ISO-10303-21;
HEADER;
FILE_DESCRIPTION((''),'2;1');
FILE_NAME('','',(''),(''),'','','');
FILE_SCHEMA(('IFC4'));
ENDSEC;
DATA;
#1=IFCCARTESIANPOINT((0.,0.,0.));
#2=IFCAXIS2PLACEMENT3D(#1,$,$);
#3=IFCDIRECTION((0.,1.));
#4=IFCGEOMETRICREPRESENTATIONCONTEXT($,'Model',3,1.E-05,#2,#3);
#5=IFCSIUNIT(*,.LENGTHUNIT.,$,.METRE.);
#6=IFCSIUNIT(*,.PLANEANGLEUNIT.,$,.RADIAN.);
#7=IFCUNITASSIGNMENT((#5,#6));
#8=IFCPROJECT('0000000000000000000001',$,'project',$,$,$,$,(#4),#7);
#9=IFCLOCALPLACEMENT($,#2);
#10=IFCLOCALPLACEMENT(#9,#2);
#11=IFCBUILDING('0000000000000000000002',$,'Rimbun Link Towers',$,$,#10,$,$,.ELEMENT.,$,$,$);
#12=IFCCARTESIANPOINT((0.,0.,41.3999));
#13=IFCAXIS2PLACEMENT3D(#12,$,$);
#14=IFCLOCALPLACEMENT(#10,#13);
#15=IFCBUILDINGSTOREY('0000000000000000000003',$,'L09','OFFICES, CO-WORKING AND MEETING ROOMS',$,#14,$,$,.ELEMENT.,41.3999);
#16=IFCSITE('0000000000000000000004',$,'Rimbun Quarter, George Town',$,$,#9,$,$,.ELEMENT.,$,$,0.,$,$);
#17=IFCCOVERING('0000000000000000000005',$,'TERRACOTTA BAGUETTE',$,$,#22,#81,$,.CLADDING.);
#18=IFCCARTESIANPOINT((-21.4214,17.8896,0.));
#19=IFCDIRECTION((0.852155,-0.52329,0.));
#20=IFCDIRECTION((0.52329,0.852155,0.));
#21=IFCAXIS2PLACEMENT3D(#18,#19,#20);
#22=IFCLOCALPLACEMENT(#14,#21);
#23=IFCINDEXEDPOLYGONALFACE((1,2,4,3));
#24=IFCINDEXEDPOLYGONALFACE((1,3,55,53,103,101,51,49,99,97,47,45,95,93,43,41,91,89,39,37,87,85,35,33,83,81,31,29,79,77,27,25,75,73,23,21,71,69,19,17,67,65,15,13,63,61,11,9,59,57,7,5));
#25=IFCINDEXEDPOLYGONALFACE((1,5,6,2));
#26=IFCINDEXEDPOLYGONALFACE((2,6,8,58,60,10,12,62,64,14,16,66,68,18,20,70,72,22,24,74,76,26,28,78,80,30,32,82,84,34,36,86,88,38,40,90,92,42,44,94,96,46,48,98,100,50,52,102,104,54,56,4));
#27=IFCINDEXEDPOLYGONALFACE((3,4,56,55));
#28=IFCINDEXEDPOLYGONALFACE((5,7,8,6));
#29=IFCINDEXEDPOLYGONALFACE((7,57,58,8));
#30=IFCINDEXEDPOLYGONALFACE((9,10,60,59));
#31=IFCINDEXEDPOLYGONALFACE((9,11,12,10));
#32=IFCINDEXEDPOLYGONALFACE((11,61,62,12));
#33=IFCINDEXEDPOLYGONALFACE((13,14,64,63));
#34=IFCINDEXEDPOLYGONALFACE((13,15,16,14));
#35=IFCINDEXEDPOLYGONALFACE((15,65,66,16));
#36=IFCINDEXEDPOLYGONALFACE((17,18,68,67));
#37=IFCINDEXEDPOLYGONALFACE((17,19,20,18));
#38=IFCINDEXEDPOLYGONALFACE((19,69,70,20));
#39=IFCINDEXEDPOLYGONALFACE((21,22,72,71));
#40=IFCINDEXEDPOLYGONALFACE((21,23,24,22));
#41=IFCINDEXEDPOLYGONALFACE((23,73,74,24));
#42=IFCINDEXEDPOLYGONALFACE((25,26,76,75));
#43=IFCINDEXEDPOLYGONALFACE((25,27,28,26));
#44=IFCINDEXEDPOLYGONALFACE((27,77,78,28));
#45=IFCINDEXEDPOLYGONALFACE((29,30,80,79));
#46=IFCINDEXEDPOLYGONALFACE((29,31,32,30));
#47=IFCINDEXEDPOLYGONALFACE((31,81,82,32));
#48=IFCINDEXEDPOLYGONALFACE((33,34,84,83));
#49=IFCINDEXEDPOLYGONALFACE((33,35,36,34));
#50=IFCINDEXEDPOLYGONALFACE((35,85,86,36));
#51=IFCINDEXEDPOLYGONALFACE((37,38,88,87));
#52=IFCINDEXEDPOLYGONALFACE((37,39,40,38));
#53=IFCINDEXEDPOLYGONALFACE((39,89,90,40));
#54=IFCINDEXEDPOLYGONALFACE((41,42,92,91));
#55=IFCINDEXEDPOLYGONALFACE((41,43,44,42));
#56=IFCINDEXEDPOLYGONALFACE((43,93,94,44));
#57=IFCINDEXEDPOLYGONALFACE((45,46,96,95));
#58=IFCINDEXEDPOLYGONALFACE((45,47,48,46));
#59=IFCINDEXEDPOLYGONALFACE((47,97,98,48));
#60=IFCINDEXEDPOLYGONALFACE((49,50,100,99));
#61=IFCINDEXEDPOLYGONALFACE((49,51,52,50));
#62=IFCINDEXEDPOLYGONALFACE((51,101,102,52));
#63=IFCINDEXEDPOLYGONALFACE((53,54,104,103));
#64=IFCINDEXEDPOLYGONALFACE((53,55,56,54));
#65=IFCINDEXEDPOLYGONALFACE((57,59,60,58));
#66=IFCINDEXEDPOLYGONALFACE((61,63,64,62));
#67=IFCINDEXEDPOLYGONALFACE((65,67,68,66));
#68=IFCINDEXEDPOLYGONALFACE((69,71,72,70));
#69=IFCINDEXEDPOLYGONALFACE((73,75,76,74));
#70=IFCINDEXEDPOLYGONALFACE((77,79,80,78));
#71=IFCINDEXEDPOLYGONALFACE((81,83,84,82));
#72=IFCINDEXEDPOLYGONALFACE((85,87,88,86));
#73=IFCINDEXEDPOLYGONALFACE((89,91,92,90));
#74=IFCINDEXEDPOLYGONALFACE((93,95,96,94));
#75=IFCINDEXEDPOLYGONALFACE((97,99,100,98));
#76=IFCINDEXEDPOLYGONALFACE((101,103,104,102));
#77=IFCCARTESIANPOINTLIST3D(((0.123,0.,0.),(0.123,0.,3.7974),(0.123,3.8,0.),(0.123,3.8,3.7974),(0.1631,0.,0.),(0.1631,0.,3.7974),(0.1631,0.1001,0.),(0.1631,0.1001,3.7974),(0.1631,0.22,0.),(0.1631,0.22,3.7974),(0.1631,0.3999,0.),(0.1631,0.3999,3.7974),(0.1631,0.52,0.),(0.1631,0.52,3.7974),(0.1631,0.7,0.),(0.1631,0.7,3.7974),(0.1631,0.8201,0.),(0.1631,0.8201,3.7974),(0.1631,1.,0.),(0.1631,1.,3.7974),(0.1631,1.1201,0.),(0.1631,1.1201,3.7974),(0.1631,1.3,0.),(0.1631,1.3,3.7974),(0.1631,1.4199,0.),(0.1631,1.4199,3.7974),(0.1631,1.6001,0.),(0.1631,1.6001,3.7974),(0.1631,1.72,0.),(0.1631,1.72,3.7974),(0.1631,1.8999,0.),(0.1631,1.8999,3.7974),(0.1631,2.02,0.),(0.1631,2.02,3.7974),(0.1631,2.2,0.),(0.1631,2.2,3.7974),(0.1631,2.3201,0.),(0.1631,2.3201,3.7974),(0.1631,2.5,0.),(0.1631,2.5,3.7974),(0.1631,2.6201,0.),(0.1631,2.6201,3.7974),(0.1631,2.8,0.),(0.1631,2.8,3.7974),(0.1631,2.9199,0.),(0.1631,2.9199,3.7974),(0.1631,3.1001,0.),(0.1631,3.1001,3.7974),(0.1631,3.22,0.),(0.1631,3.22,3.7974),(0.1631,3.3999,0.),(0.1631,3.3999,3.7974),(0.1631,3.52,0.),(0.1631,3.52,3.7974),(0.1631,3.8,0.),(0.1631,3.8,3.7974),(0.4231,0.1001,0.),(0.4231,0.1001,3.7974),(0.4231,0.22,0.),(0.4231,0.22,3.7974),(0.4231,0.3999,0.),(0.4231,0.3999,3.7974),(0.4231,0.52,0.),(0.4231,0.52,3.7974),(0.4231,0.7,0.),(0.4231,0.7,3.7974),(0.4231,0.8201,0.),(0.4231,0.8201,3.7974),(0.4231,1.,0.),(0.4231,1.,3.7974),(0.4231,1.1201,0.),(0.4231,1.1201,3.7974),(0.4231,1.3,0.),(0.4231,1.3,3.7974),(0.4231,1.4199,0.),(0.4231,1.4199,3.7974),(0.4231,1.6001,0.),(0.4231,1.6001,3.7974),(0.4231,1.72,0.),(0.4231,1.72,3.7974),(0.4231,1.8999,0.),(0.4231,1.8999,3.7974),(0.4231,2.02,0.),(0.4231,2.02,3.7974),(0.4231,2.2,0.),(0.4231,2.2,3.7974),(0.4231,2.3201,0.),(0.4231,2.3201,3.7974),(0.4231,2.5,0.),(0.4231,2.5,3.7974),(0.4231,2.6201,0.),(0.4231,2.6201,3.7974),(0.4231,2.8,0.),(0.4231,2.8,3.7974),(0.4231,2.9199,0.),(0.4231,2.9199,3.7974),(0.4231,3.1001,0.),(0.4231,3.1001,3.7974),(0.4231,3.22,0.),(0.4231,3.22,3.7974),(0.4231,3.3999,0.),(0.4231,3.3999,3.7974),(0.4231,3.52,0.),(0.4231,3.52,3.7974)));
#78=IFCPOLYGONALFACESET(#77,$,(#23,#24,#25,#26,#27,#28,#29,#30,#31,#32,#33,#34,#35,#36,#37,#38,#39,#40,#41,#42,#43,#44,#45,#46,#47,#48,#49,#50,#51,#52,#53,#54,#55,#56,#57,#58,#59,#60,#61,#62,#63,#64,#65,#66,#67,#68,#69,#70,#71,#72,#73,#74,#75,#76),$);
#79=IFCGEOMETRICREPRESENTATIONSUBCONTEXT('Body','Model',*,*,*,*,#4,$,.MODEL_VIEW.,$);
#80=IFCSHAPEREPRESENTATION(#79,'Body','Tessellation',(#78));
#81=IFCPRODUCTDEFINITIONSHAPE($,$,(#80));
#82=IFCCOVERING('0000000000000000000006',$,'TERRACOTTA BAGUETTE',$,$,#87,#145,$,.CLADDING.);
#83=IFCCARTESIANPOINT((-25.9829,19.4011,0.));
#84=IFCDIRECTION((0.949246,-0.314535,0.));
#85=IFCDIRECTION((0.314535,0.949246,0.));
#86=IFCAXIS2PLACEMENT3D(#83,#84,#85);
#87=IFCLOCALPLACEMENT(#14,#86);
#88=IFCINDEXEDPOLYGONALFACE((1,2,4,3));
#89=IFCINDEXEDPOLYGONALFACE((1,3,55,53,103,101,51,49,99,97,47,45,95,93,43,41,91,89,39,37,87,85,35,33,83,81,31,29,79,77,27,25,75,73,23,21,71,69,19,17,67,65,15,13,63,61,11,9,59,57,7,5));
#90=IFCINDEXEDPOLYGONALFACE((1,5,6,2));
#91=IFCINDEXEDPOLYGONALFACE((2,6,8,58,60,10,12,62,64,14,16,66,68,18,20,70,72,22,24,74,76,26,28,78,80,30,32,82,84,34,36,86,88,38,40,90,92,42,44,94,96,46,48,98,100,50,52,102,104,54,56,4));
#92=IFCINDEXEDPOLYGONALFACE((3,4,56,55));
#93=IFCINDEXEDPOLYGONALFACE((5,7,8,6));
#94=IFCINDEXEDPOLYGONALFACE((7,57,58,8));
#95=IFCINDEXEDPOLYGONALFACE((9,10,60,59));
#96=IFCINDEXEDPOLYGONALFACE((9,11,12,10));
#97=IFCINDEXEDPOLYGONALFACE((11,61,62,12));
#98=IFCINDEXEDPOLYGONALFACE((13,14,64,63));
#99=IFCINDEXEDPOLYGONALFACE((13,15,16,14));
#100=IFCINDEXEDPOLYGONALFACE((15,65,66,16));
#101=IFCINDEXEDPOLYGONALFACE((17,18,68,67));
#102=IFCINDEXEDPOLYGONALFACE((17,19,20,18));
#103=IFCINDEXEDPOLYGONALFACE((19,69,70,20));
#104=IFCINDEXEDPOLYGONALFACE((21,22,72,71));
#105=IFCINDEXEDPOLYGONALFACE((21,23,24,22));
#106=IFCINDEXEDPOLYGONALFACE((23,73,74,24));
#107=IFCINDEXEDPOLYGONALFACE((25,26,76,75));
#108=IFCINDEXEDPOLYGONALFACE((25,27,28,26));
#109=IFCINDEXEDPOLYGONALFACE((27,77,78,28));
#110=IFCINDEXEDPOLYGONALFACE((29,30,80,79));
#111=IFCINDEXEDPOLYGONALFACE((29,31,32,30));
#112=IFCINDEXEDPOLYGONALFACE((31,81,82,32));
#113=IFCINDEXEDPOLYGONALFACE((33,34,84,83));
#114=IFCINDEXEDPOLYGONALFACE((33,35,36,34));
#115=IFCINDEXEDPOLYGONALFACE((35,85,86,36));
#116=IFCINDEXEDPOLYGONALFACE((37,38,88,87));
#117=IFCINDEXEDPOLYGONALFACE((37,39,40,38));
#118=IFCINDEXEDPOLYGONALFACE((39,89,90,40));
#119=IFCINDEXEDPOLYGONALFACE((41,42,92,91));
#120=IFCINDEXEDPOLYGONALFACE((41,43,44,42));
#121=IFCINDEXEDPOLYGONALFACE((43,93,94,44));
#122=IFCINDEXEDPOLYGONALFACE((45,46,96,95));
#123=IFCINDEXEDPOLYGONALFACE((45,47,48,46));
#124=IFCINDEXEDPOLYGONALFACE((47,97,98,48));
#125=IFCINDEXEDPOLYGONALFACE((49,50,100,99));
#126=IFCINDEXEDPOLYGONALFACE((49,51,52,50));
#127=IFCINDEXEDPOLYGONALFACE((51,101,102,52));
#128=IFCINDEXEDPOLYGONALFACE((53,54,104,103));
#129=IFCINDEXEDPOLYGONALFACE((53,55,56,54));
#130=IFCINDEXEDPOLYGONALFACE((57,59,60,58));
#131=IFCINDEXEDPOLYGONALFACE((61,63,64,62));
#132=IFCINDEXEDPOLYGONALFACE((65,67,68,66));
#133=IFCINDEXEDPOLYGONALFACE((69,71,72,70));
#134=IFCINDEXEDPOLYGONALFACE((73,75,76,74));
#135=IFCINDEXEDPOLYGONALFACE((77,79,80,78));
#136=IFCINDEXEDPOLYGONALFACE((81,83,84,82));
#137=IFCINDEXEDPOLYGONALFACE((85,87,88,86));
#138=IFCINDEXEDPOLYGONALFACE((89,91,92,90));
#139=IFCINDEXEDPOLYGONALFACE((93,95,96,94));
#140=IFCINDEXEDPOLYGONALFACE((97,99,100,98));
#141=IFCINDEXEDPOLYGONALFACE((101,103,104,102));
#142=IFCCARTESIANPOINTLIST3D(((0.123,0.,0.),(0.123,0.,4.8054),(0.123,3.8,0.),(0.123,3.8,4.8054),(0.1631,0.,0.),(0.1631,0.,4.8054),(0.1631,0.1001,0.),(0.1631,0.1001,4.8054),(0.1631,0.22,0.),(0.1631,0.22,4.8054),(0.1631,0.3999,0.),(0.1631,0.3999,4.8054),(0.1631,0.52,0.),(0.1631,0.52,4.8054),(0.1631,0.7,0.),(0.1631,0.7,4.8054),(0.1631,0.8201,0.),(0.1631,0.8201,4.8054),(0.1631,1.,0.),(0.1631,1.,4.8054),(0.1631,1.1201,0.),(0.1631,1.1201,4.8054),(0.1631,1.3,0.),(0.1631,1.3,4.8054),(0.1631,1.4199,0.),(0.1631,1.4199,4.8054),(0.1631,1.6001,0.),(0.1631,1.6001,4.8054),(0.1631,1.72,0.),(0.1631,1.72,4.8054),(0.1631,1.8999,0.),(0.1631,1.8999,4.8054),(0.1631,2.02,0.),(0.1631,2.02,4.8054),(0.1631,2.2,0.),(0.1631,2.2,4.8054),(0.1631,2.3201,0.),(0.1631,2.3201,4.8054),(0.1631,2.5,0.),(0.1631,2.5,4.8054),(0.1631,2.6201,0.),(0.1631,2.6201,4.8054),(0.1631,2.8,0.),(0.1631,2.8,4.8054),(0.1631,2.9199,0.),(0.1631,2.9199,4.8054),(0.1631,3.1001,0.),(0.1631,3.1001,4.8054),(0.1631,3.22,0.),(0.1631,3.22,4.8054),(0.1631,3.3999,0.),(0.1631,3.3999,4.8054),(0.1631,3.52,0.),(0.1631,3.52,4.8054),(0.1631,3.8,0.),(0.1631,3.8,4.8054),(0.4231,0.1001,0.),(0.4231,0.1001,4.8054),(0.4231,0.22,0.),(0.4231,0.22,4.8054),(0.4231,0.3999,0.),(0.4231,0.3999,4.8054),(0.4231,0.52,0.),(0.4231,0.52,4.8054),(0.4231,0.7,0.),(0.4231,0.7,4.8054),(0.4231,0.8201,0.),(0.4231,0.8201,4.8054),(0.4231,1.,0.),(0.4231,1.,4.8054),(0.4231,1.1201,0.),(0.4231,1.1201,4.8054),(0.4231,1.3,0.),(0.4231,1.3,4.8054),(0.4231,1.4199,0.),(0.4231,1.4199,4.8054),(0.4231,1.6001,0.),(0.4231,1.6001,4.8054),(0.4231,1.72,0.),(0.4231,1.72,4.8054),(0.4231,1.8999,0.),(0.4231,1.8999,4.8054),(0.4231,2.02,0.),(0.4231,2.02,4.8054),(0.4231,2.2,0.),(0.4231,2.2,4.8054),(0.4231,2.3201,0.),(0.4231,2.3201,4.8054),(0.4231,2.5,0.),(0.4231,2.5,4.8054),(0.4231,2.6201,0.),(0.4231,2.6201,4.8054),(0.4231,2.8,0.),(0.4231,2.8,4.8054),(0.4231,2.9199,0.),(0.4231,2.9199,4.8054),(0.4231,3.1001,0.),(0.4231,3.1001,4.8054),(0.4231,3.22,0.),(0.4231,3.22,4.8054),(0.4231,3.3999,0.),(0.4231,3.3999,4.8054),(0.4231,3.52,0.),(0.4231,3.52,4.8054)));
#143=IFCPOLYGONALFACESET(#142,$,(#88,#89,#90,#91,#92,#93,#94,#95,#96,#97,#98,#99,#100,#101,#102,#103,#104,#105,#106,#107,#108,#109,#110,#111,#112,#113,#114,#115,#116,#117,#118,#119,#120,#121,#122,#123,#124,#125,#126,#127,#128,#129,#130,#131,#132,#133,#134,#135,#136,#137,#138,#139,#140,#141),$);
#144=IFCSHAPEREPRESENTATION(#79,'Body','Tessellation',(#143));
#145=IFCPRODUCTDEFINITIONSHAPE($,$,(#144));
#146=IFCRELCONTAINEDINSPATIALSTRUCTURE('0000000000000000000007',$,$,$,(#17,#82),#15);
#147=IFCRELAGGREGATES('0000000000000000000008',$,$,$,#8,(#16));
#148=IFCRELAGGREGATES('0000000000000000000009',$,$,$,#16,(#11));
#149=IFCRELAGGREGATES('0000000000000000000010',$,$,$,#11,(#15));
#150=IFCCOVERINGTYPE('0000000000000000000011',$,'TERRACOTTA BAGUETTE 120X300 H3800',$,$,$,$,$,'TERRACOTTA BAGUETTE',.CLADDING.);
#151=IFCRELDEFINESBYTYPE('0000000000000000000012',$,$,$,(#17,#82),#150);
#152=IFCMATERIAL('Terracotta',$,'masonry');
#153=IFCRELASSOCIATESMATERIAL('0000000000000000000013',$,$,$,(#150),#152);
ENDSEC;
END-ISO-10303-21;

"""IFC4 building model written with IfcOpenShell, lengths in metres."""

from ifc_helpers import new_model, si_unit, direction, frame, origin, place, context, subcontext, project, spatial, polyline, outline, extrude, material, material_profile, profile_set, type_object, element, save


model = new_model("IFC4")

# Units and contexts
model_context = context("Model", 3, precision=1e-05, world=origin(), true_north=direction((0.0, 1.0)))
body_context = subcontext(model_context, "Body", "Model", "MODEL_VIEW")
ifc_project = project(units=[si_unit("LENGTHUNIT", "METRE"), si_unit("PLANEANGLEUNIT", "RADIAN")], contexts=[model_context])

# Site, building, storey
site_placement = place(None, origin())
site = spatial("IfcSite", under=ifc_project, at=site_placement, Name="Rimbun Quarter, George Town", CompositionType="ELEMENT", RefElevation=0.0)
building_placement = place(site_placement, origin())
building = spatial("IfcBuilding", under=site, at=building_placement, Name="Rimbun Link Towers", CompositionType="ELEMENT")
storey_placement = place(building_placement, frame((0.0, 0.0, 41.3999)))
storey = spatial("IfcBuildingStorey", under=building, at=storey_placement, Name="L09", Description="OFFICES, CO-WORKING AND MEETING ROOMS", CompositionType="ELEMENT", Elevation=41.3999)

# Coverings
ifc_material_1 = material(Name="Terracotta", Category="masonry")
ifc_material_profile_1 = material_profile(ifc_material_1, outline(polyline([(0.123, 0.0), (0.1631, 0.0), (0.1631, 0.1001), (0.4231, 0.1001), (0.4231, 0.22), (0.1631, 0.22), (0.1631, 0.3999), (0.4231, 0.3999), (0.4231, 0.52), (0.1631, 0.52), (0.1631, 0.7), (0.4231, 0.7), (0.4231, 0.8201), (0.1631, 0.8201), (0.1631, 1.0), (0.4231, 1.0), (0.4231, 1.1201), (0.1631, 1.1201), (0.1631, 1.3), (0.4231, 1.3), (0.4231, 1.4199), (0.1631, 1.4199), (0.1631, 1.6001), (0.4231, 1.6001), (0.4231, 1.72), (0.1631, 1.72), (0.1631, 1.8999), (0.4231, 1.8999), (0.4231, 2.02), (0.1631, 2.02), (0.1631, 2.2), (0.4231, 2.2), (0.4231, 2.3201), (0.1631, 2.3201), (0.1631, 2.5), (0.4231, 2.5), (0.4231, 2.6201), (0.1631, 2.6201), (0.1631, 2.8), (0.4231, 2.8), (0.4231, 2.9199), (0.1631, 2.9199), (0.1631, 3.1001), (0.4231, 3.1001), (0.4231, 3.22), (0.1631, 3.22), (0.1631, 3.3999), (0.4231, 3.3999), (0.4231, 3.52), (0.1631, 3.52), (0.1631, 3.8), (0.123, 3.8), (0.123, 0.0)])), Name="BAGUETTE 120X300")
ifc_profile_set_1 = profile_set([ifc_material_profile_1], Name="Terracotta")
covering_type = type_object("IfcCoveringType", Name="TERRACOTTA BAGUETTE 120X300 H3800", ElementType="TERRACOTTA BAGUETTE", PredefinedType="CLADDING", material=ifc_profile_set_1)
covering_1_placement = place(storey_placement, frame((-21.4214, 17.8896, 0.0), z_axis=(0.852155, -0.52329, 0.0), x_axis=(0.52329, 0.852155, 0.0)))
element("IfcCovering", 1, at=covering_1_placement, inside=storey, type_object=covering_type, Name="TERRACOTTA BAGUETTE", PredefinedType="CLADDING", context=body_context, shape_type="SweptSolid", body=[
    extrude(outline(polyline([(0.123, 0.0), (0.1631, 0.0), (0.1631, 0.1001), (0.4231, 0.1001), (0.4231, 0.22), (0.1631, 0.22), (0.1631, 0.3999), (0.4231, 0.3999), (0.4231, 0.52), (0.1631, 0.52), (0.1631, 0.7), (0.4231, 0.7), (0.4231, 0.8201), (0.1631, 0.8201), (0.1631, 1.0), (0.4231, 1.0), (0.4231, 1.1201), (0.1631, 1.1201), (0.1631, 1.3), (0.4231, 1.3), (0.4231, 1.4199), (0.1631, 1.4199), (0.1631, 1.6001), (0.4231, 1.6001), (0.4231, 1.72), (0.1631, 1.72), (0.1631, 1.8999), (0.4231, 1.8999), (0.4231, 2.02), (0.1631, 2.02), (0.1631, 2.2), (0.4231, 2.2), (0.4231, 2.3201), (0.1631, 2.3201), (0.1631, 2.5), (0.4231, 2.5), (0.4231, 2.6201), (0.1631, 2.6201), (0.1631, 2.8), (0.4231, 2.8), (0.4231, 2.9199), (0.1631, 2.9199), (0.1631, 3.1001), (0.4231, 3.1001), (0.4231, 3.22), (0.1631, 3.22), (0.1631, 3.3999), (0.4231, 3.3999), (0.4231, 3.52), (0.1631, 3.52), (0.1631, 3.8), (0.123, 3.8), (0.123, 0.0)])), origin(), (0.0, 0.0, 1.0), 3.7974),
])
covering_2_placement = place(storey_placement, frame((-25.9829, 19.4011, 0.0), z_axis=(0.949246, -0.314535, 0.0), x_axis=(0.314535, 0.949246, 0.0)))
element("IfcCovering", 2, at=covering_2_placement, inside=storey, type_object=covering_type, Name="TERRACOTTA BAGUETTE", PredefinedType="CLADDING", context=body_context, shape_type="SweptSolid", body=[
    extrude(outline(polyline([(0.123, 0.0), (0.1631, 0.0), (0.1631, 0.1001), (0.4231, 0.1001), (0.4231, 0.22), (0.1631, 0.22), (0.1631, 0.3999), (0.4231, 0.3999), (0.4231, 0.52), (0.1631, 0.52), (0.1631, 0.7), (0.4231, 0.7), (0.4231, 0.8201), (0.1631, 0.8201), (0.1631, 1.0), (0.4231, 1.0), (0.4231, 1.1201), (0.1631, 1.1201), (0.1631, 1.3), (0.4231, 1.3), (0.4231, 1.4199), (0.1631, 1.4199), (0.1631, 1.6001), (0.4231, 1.6001), (0.4231, 1.72), (0.1631, 1.72), (0.1631, 1.8999), (0.4231, 1.8999), (0.4231, 2.02), (0.1631, 2.02), (0.1631, 2.2), (0.4231, 2.2), (0.4231, 2.3201), (0.1631, 2.3201), (0.1631, 2.5), (0.4231, 2.5), (0.4231, 2.6201), (0.1631, 2.6201), (0.1631, 2.8), (0.4231, 2.8), (0.4231, 2.9199), (0.1631, 2.9199), (0.1631, 3.1001), (0.4231, 3.1001), (0.4231, 3.22), (0.1631, 3.22), (0.1631, 3.3999), (0.4231, 3.3999), (0.4231, 3.52), (0.1631, 3.52), (0.1631, 3.8), (0.123, 3.8), (0.123, 0.0)])), origin(), (0.0, 0.0, 1.0), 4.8054),
])

save(model, "model.ifc")
